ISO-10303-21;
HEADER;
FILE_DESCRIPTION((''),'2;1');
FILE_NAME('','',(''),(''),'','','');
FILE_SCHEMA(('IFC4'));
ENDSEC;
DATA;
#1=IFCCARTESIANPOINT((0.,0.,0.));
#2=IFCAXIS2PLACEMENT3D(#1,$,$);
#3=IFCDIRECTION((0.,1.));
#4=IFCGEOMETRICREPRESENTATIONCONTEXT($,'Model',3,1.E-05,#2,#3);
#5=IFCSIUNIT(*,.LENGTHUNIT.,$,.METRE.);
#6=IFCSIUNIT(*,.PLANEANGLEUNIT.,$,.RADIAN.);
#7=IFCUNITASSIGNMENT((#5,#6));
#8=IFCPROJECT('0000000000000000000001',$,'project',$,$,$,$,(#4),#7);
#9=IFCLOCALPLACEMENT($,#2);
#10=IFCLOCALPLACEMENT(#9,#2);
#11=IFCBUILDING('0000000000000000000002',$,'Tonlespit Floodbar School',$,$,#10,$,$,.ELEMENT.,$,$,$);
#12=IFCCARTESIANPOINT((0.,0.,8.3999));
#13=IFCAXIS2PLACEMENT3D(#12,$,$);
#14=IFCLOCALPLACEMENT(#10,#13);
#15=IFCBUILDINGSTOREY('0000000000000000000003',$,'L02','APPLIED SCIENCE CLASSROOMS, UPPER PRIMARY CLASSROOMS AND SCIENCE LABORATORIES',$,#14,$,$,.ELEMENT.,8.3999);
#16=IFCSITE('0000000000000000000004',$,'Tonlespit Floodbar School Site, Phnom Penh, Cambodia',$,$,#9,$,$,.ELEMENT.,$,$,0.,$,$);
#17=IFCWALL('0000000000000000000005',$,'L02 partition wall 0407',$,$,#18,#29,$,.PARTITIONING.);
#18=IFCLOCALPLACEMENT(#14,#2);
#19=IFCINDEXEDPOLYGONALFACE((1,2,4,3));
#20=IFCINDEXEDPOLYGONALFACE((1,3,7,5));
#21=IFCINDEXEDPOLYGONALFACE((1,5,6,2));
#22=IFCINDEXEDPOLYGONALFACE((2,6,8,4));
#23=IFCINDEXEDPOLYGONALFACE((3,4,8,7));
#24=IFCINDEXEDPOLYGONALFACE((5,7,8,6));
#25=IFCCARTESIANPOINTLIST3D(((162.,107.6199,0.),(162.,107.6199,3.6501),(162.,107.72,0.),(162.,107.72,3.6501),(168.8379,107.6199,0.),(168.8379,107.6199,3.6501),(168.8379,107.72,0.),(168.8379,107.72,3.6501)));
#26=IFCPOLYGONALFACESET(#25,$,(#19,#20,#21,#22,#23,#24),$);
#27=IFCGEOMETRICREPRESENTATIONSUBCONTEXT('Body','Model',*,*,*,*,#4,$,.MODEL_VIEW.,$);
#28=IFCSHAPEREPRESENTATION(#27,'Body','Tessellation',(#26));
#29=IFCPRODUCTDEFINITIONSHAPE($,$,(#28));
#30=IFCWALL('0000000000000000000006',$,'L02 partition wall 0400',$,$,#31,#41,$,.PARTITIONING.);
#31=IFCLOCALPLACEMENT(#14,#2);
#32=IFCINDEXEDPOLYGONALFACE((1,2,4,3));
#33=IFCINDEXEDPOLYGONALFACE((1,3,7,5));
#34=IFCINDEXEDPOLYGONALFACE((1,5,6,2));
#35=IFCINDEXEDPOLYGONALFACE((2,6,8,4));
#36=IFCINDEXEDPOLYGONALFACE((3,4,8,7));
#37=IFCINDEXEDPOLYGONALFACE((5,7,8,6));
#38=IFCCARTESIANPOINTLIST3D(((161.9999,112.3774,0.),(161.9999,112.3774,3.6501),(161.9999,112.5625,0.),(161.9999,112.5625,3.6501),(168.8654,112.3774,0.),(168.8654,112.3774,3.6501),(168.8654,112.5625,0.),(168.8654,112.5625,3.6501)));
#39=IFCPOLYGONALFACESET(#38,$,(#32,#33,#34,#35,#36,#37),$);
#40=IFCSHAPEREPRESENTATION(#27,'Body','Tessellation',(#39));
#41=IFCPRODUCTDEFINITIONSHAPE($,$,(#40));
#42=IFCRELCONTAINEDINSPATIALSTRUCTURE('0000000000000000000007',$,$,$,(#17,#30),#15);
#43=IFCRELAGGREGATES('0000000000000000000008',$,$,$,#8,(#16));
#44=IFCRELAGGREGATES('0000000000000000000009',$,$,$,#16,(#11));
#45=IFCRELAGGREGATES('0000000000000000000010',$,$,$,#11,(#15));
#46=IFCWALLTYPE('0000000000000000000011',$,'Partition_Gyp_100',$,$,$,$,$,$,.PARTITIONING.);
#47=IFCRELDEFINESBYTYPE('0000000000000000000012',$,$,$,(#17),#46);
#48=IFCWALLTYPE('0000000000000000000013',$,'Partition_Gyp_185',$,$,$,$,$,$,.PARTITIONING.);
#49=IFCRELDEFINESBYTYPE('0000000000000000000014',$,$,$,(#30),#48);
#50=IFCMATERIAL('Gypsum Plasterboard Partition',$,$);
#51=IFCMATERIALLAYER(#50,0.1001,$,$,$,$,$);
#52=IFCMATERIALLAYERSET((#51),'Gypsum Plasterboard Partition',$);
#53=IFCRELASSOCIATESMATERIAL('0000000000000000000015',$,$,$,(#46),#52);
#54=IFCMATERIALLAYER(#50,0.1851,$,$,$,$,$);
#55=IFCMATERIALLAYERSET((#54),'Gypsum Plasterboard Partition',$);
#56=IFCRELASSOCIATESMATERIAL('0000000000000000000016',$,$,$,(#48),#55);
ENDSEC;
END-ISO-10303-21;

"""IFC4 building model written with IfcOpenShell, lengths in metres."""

from ifc_helpers import new_model, si_unit, direction, frame, frame_2d, origin, place, context, subcontext, project, spatial, rectangle, extrude, material, layer, layer_set, type_object, element, save


model = new_model("IFC4")

# Units and contexts
model_context = context("Model", 3, precision=1e-05, world=origin(), true_north=direction((0.0, 1.0)))
body_context = subcontext(model_context, "Body", "Model", "MODEL_VIEW")
ifc_project = project(units=[si_unit("LENGTHUNIT", "METRE"), si_unit("PLANEANGLEUNIT", "RADIAN")], contexts=[model_context])

# Site, building, storey
site_placement = place(None, origin())
site = spatial("IfcSite", under=ifc_project, at=site_placement, Name="Tonlespit Floodbar School Site, Phnom Penh, Cambodia", CompositionType="ELEMENT", RefElevation=0.0)
building_placement = place(site_placement, origin())
building = spatial("IfcBuilding", under=site, at=building_placement, Name="Tonlespit Floodbar School", CompositionType="ELEMENT")
storey_placement = place(building_placement, frame((0.0, 0.0, 8.3999)))
storey = spatial("IfcBuildingStorey", under=building, at=storey_placement, Name="L02", Description="APPLIED SCIENCE CLASSROOMS, UPPER PRIMARY CLASSROOMS AND SCIENCE LABORATORIES", CompositionType="ELEMENT", Elevation=8.3999)

# Walls
ifc_material_1 = material(Name="Gypsum Plasterboard Partition")
ifc_layer_1 = layer(ifc_material_1, 0.1001)
ifc_layer_set_1 = layer_set([ifc_layer_1], Name="Gypsum Plasterboard Partition")
wall_type_1 = type_object("IfcWallType", Name="Partition_Gyp_100", PredefinedType="PARTITIONING", material=ifc_layer_set_1)
wall_1_placement = place(storey_placement, frame((162.0, 107.6699, 0.0), z_axis=(0.0, 0.0, 1.0), x_axis=(1.0, 0.0, 0.0)))
element("IfcWall", 1, at=wall_1_placement, inside=storey, type_object=wall_type_1, Name="L02 partition wall 0407", PredefinedType="PARTITIONING", context=body_context, shape_type="SweptSolid", body=[
    extrude(rectangle(XDim=6.8379, YDim=0.1001, at=frame_2d((3.4189, 0.0))), origin(), (0.0, 0.0, 1.0), 3.6501),
])
ifc_layer_2 = layer(ifc_material_1, 0.1851)
ifc_layer_set_2 = layer_set([ifc_layer_2], Name="Gypsum Plasterboard Partition")
wall_type_2 = type_object("IfcWallType", Name="Partition_Gyp_185", PredefinedType="PARTITIONING", material=ifc_layer_set_2)
wall_2_placement = place(storey_placement, frame((162.0, 112.47, 0.0), z_axis=(0.0, 0.0, 1.0), x_axis=(1.0, 0.0, 0.0)))
element("IfcWall", 2, at=wall_2_placement, inside=storey, type_object=wall_type_2, Name="L02 partition wall 0400", PredefinedType="PARTITIONING", context=body_context, shape_type="SweptSolid", body=[
    extrude(rectangle(XDim=6.8655, YDim=0.1851, at=frame_2d((3.4326, 0.0))), origin(), (0.0, 0.0, 1.0), 3.6501),
])

save(model, "model.ifc")
